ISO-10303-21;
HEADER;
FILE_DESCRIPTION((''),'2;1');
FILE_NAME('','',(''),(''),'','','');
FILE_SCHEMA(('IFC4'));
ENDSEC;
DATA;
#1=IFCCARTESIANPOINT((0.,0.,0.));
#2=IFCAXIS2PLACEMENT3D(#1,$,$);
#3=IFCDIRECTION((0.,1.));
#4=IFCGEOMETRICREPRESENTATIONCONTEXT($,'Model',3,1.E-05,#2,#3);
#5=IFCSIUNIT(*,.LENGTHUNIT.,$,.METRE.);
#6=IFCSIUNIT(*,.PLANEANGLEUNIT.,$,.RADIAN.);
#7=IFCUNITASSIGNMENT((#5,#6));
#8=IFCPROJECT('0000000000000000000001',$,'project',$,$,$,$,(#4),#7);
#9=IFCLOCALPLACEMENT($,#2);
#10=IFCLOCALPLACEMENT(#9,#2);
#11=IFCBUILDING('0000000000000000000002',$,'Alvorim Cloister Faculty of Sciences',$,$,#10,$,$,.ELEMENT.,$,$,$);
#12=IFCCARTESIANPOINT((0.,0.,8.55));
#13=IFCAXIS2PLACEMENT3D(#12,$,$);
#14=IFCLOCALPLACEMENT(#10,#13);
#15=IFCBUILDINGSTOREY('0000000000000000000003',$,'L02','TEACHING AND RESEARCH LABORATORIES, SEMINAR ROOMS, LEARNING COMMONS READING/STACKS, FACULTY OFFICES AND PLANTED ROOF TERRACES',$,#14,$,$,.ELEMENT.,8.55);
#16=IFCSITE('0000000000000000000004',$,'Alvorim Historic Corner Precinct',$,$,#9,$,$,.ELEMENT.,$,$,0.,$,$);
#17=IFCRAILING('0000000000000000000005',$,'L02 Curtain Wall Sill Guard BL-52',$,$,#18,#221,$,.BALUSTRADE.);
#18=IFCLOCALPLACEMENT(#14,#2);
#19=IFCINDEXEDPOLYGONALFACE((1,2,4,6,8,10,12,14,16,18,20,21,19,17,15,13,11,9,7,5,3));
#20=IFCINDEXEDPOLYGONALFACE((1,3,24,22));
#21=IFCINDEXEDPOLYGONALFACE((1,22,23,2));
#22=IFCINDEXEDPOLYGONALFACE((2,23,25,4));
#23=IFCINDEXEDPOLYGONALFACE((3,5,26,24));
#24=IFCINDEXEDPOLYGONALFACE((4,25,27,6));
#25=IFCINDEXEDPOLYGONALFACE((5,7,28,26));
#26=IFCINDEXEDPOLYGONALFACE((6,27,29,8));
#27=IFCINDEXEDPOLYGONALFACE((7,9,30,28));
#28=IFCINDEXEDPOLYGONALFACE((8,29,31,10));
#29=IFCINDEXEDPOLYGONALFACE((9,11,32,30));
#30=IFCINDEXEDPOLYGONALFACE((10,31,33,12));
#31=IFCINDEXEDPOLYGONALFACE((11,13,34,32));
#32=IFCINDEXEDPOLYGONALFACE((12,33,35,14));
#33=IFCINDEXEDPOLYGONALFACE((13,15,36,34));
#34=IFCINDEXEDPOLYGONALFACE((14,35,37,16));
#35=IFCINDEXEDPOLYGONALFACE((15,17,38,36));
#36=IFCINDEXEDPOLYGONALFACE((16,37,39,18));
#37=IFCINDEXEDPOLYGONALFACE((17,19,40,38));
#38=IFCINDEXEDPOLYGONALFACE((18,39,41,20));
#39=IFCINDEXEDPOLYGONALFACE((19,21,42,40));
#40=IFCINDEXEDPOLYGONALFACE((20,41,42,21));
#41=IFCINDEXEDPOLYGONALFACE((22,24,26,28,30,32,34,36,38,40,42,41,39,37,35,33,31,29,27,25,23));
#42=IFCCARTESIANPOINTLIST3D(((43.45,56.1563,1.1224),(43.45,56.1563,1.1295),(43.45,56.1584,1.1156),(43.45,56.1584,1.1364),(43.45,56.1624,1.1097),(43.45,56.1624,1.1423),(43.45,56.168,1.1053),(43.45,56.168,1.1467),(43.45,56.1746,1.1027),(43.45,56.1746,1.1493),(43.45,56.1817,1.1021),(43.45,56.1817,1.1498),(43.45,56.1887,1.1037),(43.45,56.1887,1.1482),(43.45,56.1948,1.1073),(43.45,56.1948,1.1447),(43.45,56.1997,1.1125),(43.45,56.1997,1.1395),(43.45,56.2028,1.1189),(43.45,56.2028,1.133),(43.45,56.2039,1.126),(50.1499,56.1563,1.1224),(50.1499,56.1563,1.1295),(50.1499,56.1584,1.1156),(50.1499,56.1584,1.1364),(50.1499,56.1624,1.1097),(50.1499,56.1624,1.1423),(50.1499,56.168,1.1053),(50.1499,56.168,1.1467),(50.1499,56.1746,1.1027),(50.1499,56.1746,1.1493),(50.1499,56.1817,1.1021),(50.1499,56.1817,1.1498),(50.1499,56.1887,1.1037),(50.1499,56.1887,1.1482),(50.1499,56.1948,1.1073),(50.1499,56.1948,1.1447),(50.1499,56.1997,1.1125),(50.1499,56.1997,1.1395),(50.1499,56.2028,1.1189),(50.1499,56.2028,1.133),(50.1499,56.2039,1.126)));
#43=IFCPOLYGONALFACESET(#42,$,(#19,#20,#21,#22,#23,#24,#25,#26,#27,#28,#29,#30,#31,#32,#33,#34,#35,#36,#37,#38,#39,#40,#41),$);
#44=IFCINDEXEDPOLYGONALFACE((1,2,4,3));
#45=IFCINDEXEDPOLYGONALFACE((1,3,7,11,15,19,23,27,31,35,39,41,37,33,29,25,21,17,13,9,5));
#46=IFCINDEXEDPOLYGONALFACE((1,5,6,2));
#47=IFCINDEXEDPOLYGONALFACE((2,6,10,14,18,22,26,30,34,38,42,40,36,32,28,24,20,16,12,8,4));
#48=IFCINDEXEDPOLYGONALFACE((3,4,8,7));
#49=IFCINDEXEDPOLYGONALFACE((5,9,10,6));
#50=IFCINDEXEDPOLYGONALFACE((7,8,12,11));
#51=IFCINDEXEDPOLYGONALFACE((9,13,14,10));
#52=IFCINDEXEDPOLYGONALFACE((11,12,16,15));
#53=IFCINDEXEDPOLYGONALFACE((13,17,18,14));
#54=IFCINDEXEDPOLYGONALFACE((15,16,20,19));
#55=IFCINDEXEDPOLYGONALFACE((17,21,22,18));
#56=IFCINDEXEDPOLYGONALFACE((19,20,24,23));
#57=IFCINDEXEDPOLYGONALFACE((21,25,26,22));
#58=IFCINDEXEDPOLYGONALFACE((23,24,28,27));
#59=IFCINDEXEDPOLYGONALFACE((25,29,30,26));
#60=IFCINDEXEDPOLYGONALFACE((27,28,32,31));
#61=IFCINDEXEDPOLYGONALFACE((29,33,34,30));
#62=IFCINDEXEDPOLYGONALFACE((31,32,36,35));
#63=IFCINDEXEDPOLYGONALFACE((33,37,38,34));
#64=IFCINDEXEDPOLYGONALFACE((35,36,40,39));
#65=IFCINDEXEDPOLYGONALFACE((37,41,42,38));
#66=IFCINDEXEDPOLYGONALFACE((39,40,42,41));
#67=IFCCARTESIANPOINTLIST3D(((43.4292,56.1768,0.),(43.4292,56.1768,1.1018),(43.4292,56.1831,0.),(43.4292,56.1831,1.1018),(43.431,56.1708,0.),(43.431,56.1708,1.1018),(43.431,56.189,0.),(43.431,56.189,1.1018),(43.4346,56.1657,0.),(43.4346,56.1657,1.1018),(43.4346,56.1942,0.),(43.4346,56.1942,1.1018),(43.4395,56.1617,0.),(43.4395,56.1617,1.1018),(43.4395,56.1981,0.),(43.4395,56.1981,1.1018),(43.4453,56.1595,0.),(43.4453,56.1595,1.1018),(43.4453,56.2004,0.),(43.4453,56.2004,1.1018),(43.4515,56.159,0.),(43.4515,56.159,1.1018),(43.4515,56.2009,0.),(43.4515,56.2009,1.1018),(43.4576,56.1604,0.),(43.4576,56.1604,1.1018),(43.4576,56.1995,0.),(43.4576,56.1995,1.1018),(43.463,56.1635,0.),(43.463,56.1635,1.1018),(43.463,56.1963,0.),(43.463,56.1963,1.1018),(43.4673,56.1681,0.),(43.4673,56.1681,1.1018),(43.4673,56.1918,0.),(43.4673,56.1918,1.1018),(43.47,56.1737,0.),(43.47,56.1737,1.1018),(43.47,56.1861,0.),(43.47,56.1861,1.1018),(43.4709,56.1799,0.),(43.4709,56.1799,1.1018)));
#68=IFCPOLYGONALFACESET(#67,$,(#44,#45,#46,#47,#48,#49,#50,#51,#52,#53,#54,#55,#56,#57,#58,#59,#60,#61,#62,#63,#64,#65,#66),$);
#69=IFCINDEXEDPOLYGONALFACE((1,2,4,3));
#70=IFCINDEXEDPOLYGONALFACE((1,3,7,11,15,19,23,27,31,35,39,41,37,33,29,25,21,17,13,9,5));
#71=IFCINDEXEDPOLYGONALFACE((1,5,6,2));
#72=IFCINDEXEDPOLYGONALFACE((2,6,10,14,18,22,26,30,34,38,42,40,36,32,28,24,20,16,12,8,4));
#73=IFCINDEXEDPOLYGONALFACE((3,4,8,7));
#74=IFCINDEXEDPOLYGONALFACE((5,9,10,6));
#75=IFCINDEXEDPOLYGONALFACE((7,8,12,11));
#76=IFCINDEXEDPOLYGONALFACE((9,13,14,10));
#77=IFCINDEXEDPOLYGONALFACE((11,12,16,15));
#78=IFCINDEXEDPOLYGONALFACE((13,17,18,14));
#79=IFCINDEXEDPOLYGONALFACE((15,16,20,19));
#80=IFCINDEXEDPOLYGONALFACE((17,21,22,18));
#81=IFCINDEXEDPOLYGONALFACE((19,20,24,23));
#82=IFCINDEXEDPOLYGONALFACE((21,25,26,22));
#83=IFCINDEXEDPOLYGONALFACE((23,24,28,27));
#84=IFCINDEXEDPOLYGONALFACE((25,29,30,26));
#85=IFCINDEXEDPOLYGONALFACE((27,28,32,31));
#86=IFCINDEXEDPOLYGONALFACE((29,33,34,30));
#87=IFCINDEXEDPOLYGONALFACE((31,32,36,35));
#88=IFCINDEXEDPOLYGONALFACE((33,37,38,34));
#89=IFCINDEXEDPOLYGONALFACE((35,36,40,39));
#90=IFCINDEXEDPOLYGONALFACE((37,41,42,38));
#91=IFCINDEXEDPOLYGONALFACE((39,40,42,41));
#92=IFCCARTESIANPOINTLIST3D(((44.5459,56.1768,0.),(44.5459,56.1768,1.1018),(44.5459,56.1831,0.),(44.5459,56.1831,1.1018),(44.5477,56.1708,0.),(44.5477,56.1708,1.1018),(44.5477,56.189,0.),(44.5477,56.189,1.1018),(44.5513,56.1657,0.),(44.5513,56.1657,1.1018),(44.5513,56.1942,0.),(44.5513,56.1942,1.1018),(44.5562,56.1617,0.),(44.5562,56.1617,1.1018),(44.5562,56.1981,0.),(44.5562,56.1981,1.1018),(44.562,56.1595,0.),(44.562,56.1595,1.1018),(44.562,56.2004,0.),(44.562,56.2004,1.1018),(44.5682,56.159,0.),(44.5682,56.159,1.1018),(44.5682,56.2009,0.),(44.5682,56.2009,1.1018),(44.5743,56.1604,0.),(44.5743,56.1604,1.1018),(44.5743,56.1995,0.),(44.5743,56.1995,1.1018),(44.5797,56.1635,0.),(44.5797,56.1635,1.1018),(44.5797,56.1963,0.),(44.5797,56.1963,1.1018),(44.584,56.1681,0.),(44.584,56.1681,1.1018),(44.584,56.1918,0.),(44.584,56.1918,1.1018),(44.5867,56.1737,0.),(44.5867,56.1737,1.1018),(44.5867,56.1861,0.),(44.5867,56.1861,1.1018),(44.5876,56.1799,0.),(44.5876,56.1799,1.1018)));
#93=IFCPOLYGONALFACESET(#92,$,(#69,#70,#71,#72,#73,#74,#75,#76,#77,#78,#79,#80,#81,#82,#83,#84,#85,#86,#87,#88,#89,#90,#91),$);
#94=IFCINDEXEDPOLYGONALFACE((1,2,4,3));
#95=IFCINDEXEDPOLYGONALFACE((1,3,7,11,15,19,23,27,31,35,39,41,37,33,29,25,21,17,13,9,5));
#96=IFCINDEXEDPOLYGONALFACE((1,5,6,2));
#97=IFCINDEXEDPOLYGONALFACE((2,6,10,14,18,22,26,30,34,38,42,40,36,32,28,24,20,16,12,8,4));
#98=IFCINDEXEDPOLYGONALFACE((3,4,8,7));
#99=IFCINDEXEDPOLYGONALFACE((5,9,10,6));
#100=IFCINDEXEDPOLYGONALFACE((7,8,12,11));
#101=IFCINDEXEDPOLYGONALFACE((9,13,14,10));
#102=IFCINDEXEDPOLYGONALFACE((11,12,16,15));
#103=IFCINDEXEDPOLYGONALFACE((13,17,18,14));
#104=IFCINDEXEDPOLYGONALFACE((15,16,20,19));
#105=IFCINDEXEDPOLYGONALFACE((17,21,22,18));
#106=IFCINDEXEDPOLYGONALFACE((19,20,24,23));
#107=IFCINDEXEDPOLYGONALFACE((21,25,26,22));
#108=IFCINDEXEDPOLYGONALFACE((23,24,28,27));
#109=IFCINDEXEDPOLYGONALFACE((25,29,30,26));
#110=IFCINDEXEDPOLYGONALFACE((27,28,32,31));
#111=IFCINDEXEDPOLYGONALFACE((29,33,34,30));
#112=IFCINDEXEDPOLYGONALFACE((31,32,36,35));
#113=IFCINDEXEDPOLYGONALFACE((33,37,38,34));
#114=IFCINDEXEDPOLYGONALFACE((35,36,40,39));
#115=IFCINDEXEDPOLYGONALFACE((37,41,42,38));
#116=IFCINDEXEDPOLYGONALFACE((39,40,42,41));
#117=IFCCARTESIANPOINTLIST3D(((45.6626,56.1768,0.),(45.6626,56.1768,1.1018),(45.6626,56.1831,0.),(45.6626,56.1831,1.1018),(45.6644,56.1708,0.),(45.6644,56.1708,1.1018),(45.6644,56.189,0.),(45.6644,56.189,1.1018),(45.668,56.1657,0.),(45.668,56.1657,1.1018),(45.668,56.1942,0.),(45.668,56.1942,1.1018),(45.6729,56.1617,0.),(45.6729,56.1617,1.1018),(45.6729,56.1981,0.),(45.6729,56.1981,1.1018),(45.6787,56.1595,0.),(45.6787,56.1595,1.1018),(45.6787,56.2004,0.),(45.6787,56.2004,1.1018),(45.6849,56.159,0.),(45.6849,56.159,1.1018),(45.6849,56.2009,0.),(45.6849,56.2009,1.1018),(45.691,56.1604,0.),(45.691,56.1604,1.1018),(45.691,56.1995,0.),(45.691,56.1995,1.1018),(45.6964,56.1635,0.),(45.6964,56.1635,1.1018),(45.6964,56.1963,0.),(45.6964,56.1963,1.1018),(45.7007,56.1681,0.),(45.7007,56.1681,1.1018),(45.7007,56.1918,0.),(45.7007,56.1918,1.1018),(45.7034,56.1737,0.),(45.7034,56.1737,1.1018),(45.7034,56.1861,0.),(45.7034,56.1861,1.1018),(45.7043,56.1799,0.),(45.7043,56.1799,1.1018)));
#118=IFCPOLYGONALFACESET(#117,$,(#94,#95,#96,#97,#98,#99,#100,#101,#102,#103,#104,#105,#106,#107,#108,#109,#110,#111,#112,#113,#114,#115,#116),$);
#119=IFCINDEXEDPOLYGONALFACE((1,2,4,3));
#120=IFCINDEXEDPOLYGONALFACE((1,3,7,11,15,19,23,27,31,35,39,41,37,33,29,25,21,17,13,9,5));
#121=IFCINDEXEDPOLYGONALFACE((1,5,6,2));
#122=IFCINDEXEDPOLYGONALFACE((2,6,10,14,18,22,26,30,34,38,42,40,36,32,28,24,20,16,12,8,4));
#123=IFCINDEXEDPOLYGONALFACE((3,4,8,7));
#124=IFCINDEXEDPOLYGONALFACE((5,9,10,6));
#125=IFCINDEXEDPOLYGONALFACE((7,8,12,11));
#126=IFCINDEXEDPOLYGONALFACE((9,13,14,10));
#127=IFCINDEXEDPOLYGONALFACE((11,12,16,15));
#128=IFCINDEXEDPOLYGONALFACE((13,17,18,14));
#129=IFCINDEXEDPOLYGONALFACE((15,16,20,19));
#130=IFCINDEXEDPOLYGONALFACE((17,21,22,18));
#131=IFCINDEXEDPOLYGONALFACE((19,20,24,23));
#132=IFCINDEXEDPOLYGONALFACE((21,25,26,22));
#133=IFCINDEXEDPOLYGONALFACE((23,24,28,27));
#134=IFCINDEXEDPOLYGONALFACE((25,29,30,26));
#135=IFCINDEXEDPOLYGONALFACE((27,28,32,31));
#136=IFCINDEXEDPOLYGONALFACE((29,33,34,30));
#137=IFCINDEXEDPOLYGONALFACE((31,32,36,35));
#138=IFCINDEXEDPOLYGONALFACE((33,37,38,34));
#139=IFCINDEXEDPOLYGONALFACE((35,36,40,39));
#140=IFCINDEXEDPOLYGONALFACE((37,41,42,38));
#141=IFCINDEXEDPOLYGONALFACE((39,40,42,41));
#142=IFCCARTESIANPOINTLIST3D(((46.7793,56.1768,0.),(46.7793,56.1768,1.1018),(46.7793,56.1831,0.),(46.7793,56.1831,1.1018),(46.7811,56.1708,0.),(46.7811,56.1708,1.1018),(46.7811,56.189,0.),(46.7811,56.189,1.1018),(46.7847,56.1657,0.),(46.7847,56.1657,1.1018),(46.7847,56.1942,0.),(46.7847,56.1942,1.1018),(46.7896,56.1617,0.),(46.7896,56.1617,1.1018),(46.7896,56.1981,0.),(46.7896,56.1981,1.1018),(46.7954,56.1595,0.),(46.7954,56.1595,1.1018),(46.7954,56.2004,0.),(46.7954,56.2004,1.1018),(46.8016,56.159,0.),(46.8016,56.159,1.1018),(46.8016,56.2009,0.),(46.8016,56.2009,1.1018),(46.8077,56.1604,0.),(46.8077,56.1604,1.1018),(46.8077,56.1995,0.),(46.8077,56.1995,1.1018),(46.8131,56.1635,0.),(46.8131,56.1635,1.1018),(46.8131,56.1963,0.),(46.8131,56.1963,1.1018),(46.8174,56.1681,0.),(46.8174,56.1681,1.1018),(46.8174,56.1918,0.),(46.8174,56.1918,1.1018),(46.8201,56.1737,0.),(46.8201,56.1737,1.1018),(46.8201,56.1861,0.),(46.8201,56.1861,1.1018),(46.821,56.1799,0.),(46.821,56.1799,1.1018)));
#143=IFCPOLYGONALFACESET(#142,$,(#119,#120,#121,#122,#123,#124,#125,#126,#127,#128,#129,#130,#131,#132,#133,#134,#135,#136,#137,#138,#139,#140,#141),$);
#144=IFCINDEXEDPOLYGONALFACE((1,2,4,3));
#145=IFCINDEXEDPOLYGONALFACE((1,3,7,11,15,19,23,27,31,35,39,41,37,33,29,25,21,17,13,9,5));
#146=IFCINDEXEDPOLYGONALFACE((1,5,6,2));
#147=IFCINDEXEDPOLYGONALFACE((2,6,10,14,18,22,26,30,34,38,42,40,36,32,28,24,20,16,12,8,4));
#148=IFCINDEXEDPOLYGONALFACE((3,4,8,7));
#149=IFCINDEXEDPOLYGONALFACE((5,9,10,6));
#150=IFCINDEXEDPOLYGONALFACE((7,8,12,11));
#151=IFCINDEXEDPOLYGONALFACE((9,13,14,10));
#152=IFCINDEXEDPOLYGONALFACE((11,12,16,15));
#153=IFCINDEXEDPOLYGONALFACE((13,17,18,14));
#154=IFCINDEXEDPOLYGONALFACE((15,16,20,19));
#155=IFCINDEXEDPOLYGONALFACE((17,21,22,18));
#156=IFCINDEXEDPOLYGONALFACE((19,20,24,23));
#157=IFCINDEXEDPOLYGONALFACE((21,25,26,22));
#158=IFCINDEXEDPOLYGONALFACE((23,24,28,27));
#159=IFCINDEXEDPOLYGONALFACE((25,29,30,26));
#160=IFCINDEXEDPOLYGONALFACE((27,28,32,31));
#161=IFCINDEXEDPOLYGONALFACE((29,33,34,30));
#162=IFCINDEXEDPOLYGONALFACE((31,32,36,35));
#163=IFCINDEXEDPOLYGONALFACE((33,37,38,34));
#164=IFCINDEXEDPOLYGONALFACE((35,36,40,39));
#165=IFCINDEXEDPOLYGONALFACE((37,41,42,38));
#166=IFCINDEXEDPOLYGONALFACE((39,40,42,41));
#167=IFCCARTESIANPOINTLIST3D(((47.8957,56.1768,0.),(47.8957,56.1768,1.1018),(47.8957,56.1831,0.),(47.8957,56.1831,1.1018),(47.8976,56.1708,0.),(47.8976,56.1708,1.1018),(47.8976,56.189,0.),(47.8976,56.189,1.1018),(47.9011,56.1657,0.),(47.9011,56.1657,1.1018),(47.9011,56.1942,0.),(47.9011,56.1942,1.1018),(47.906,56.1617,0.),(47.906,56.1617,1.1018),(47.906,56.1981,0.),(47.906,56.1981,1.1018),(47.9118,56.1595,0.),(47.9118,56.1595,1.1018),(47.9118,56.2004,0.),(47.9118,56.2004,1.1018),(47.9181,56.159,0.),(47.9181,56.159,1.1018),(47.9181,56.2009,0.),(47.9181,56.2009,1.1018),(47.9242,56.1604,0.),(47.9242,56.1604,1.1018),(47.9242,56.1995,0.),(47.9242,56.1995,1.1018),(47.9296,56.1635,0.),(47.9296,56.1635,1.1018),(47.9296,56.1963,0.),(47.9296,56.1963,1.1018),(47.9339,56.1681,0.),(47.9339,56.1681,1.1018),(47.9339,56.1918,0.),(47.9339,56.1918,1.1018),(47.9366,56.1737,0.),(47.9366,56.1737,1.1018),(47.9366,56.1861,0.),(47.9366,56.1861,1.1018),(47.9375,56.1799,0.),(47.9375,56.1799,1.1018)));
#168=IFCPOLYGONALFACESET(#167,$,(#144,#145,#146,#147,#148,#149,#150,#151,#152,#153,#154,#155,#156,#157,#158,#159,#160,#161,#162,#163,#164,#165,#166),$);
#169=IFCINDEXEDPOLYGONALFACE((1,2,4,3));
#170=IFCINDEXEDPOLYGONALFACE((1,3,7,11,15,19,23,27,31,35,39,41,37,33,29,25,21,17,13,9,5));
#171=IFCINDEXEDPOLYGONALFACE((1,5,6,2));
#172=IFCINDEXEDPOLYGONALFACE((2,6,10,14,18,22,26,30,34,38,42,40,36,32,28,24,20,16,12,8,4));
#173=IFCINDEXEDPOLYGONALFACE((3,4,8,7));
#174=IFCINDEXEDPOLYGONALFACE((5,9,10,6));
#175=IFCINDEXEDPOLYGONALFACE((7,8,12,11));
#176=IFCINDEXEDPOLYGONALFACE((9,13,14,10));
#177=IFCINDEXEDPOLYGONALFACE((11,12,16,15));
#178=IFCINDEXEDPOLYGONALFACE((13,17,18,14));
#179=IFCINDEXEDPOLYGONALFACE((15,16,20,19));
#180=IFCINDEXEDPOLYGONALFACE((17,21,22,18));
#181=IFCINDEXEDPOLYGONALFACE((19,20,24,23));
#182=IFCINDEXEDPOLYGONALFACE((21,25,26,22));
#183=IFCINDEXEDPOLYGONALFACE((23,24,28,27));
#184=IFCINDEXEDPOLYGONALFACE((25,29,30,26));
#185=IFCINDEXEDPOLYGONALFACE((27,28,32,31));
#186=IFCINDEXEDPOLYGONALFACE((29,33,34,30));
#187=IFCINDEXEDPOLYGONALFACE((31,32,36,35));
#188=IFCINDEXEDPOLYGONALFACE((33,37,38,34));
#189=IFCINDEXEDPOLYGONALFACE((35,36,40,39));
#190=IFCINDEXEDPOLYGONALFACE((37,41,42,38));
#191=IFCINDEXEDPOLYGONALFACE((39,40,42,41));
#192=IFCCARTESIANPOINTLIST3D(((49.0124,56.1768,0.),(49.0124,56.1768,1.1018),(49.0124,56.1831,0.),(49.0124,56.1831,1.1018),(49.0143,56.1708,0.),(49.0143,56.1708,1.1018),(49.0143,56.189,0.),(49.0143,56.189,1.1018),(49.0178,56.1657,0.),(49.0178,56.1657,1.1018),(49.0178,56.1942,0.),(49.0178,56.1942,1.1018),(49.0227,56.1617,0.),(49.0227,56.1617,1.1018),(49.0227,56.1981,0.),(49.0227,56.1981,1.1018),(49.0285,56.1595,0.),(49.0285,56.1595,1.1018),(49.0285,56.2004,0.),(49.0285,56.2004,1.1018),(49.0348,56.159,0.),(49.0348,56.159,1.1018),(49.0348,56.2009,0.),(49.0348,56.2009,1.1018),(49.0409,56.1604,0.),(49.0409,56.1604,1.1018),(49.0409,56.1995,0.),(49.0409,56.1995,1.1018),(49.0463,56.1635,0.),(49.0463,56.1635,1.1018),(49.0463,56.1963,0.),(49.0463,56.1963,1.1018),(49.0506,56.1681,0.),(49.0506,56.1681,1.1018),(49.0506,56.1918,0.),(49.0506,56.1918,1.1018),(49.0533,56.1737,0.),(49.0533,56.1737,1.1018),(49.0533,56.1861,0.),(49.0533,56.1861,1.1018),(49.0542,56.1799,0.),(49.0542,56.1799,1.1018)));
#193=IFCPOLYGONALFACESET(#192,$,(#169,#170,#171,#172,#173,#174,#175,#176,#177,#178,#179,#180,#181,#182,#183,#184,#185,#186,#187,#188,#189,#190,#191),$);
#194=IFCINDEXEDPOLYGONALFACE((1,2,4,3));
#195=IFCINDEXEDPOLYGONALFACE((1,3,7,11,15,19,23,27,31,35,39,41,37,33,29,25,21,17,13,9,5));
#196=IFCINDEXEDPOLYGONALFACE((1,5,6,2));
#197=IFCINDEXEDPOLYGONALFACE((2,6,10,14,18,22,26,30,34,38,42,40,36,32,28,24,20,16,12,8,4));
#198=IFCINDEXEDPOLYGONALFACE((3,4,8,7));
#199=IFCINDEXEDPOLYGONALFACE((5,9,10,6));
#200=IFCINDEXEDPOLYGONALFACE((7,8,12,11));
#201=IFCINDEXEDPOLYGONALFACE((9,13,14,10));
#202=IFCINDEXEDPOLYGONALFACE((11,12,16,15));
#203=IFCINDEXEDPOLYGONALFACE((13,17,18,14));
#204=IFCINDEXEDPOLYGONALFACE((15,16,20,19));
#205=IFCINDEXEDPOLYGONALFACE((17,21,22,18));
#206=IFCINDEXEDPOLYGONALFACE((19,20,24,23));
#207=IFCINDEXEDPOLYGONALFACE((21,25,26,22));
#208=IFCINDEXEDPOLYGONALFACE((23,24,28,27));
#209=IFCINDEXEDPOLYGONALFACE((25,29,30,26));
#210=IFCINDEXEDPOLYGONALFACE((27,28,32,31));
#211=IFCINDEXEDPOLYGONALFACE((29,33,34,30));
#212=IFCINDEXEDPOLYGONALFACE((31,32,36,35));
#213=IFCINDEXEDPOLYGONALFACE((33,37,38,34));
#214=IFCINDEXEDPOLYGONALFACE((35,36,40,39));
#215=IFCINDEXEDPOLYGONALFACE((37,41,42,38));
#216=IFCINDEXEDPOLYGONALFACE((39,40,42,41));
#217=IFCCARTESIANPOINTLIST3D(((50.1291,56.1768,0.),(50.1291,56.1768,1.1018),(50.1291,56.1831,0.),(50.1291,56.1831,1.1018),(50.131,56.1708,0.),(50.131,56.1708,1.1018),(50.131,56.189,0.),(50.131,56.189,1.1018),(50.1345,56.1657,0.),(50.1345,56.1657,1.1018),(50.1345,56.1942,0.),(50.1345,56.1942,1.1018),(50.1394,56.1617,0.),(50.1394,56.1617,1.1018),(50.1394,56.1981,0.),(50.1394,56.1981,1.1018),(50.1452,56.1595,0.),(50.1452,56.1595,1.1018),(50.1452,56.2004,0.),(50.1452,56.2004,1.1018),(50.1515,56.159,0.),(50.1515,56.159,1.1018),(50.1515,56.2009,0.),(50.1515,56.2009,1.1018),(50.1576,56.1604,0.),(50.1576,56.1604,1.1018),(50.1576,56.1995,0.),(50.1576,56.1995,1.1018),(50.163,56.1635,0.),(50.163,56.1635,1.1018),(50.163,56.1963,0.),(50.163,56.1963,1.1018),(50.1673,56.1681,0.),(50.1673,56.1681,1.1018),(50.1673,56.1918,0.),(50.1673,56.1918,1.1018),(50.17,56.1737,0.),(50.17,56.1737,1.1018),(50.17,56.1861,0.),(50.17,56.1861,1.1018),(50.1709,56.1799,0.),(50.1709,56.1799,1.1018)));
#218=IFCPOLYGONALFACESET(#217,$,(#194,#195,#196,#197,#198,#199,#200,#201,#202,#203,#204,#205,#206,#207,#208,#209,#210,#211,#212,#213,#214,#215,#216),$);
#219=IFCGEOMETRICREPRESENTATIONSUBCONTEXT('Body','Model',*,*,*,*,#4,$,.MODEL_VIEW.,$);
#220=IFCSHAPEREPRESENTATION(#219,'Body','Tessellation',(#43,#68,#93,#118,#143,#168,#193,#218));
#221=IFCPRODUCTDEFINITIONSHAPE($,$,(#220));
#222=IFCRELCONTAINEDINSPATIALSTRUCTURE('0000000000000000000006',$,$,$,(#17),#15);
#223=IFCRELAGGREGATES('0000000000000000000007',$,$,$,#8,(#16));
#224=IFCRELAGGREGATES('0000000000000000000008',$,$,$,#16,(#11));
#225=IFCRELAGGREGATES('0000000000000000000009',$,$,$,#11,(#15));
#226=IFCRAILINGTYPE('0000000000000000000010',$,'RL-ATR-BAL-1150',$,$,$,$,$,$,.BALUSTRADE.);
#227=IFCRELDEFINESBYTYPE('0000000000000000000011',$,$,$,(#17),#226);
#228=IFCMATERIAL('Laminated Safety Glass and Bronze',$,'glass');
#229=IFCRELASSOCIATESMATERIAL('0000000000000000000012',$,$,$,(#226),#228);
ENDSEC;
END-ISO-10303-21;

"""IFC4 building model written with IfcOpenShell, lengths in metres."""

from ifc_helpers import new_model, si_unit, direction, frame, origin, origin_2d, place, context, subcontext, project, spatial, circle, extrude, material, type_object, element, save


model = new_model("IFC4")

# Units and contexts
model_context = context("Model", 3, precision=1e-05, world=origin(), true_north=direction((0.0, 1.0)))
body_context = subcontext(model_context, "Body", "Model", "MODEL_VIEW")
ifc_project = project(units=[si_unit("LENGTHUNIT", "METRE"), si_unit("PLANEANGLEUNIT", "RADIAN")], contexts=[model_context])

# Site, building, storey
site_placement = place(None, origin())
site = spatial("IfcSite", under=ifc_project, at=site_placement, Name="Alvorim Historic Corner Precinct", CompositionType="ELEMENT", RefElevation=0.0)
building_placement = place(site_placement, origin())
building = spatial("IfcBuilding", under=site, at=building_placement, Name="Alvorim Cloister Faculty of Sciences", CompositionType="ELEMENT")
storey_placement = place(building_placement, frame((0.0, 0.0, 8.55)))
storey = spatial("IfcBuildingStorey", under=building, at=storey_placement, Name="L02", Description="TEACHING AND RESEARCH LABORATORIES, SEMINAR ROOMS, LEARNING COMMONS READING/STACKS, FACULTY OFFICES AND PLANTED ROOF TERRACES", CompositionType="ELEMENT", Elevation=8.55)

# Railing
ifc_material_1 = material(Name="Laminated Safety Glass and Bronze", Category="glass")
railing_type_1 = type_object("IfcRailingType", Name="RL-ATR-BAL-1150", PredefinedType="BALUSTRADE", material=ifc_material_1)
railing_1_placement = place(storey_placement, frame((43.45, 56.1799, 0.0)))
element("IfcRailing", 1, at=railing_1_placement, inside=storey, type_object=railing_type_1, Name="L02 Curtain Wall Sill Guard BL-52", PredefinedType="BALUSTRADE", context=body_context, shape_type="SweptSolid", body=[
    extrude(circle(Radius=0.0239, at=origin_2d()), frame((0.0, 0.0, 1.126), z_axis=(1.0, 0.0, 0.0), x_axis=(0.0, 1.0, 0.0)), (0.0, 0.0, 1.0), 6.7),
    extrude(circle(Radius=0.021, at=origin_2d()), origin(), (0.0, 0.0, 1.0), 1.1018),
    extrude(circle(Radius=0.021, at=origin_2d()), frame((1.1167, 0.0, 0.0)), (0.0, 0.0, 1.0), 1.1018),
    extrude(circle(Radius=0.021, at=origin_2d()), frame((2.2334, 0.0, 0.0)), (0.0, 0.0, 1.0), 1.1018),
    extrude(circle(Radius=0.021, at=origin_2d()), frame((3.3501, 0.0, 0.0)), (0.0, 0.0, 1.0), 1.1018),
    extrude(circle(Radius=0.021, at=origin_2d()), frame((4.4666, 0.0, 0.0)), (0.0, 0.0, 1.0), 1.1018),
    extrude(circle(Radius=0.021, at=origin_2d()), frame((5.5833, 0.0, 0.0)), (0.0, 0.0, 1.0), 1.1018),
    extrude(circle(Radius=0.021, at=origin_2d()), frame((6.7, 0.0, 0.0)), (0.0, 0.0, 1.0), 1.1018),
])

save(model, "model.ifc")
